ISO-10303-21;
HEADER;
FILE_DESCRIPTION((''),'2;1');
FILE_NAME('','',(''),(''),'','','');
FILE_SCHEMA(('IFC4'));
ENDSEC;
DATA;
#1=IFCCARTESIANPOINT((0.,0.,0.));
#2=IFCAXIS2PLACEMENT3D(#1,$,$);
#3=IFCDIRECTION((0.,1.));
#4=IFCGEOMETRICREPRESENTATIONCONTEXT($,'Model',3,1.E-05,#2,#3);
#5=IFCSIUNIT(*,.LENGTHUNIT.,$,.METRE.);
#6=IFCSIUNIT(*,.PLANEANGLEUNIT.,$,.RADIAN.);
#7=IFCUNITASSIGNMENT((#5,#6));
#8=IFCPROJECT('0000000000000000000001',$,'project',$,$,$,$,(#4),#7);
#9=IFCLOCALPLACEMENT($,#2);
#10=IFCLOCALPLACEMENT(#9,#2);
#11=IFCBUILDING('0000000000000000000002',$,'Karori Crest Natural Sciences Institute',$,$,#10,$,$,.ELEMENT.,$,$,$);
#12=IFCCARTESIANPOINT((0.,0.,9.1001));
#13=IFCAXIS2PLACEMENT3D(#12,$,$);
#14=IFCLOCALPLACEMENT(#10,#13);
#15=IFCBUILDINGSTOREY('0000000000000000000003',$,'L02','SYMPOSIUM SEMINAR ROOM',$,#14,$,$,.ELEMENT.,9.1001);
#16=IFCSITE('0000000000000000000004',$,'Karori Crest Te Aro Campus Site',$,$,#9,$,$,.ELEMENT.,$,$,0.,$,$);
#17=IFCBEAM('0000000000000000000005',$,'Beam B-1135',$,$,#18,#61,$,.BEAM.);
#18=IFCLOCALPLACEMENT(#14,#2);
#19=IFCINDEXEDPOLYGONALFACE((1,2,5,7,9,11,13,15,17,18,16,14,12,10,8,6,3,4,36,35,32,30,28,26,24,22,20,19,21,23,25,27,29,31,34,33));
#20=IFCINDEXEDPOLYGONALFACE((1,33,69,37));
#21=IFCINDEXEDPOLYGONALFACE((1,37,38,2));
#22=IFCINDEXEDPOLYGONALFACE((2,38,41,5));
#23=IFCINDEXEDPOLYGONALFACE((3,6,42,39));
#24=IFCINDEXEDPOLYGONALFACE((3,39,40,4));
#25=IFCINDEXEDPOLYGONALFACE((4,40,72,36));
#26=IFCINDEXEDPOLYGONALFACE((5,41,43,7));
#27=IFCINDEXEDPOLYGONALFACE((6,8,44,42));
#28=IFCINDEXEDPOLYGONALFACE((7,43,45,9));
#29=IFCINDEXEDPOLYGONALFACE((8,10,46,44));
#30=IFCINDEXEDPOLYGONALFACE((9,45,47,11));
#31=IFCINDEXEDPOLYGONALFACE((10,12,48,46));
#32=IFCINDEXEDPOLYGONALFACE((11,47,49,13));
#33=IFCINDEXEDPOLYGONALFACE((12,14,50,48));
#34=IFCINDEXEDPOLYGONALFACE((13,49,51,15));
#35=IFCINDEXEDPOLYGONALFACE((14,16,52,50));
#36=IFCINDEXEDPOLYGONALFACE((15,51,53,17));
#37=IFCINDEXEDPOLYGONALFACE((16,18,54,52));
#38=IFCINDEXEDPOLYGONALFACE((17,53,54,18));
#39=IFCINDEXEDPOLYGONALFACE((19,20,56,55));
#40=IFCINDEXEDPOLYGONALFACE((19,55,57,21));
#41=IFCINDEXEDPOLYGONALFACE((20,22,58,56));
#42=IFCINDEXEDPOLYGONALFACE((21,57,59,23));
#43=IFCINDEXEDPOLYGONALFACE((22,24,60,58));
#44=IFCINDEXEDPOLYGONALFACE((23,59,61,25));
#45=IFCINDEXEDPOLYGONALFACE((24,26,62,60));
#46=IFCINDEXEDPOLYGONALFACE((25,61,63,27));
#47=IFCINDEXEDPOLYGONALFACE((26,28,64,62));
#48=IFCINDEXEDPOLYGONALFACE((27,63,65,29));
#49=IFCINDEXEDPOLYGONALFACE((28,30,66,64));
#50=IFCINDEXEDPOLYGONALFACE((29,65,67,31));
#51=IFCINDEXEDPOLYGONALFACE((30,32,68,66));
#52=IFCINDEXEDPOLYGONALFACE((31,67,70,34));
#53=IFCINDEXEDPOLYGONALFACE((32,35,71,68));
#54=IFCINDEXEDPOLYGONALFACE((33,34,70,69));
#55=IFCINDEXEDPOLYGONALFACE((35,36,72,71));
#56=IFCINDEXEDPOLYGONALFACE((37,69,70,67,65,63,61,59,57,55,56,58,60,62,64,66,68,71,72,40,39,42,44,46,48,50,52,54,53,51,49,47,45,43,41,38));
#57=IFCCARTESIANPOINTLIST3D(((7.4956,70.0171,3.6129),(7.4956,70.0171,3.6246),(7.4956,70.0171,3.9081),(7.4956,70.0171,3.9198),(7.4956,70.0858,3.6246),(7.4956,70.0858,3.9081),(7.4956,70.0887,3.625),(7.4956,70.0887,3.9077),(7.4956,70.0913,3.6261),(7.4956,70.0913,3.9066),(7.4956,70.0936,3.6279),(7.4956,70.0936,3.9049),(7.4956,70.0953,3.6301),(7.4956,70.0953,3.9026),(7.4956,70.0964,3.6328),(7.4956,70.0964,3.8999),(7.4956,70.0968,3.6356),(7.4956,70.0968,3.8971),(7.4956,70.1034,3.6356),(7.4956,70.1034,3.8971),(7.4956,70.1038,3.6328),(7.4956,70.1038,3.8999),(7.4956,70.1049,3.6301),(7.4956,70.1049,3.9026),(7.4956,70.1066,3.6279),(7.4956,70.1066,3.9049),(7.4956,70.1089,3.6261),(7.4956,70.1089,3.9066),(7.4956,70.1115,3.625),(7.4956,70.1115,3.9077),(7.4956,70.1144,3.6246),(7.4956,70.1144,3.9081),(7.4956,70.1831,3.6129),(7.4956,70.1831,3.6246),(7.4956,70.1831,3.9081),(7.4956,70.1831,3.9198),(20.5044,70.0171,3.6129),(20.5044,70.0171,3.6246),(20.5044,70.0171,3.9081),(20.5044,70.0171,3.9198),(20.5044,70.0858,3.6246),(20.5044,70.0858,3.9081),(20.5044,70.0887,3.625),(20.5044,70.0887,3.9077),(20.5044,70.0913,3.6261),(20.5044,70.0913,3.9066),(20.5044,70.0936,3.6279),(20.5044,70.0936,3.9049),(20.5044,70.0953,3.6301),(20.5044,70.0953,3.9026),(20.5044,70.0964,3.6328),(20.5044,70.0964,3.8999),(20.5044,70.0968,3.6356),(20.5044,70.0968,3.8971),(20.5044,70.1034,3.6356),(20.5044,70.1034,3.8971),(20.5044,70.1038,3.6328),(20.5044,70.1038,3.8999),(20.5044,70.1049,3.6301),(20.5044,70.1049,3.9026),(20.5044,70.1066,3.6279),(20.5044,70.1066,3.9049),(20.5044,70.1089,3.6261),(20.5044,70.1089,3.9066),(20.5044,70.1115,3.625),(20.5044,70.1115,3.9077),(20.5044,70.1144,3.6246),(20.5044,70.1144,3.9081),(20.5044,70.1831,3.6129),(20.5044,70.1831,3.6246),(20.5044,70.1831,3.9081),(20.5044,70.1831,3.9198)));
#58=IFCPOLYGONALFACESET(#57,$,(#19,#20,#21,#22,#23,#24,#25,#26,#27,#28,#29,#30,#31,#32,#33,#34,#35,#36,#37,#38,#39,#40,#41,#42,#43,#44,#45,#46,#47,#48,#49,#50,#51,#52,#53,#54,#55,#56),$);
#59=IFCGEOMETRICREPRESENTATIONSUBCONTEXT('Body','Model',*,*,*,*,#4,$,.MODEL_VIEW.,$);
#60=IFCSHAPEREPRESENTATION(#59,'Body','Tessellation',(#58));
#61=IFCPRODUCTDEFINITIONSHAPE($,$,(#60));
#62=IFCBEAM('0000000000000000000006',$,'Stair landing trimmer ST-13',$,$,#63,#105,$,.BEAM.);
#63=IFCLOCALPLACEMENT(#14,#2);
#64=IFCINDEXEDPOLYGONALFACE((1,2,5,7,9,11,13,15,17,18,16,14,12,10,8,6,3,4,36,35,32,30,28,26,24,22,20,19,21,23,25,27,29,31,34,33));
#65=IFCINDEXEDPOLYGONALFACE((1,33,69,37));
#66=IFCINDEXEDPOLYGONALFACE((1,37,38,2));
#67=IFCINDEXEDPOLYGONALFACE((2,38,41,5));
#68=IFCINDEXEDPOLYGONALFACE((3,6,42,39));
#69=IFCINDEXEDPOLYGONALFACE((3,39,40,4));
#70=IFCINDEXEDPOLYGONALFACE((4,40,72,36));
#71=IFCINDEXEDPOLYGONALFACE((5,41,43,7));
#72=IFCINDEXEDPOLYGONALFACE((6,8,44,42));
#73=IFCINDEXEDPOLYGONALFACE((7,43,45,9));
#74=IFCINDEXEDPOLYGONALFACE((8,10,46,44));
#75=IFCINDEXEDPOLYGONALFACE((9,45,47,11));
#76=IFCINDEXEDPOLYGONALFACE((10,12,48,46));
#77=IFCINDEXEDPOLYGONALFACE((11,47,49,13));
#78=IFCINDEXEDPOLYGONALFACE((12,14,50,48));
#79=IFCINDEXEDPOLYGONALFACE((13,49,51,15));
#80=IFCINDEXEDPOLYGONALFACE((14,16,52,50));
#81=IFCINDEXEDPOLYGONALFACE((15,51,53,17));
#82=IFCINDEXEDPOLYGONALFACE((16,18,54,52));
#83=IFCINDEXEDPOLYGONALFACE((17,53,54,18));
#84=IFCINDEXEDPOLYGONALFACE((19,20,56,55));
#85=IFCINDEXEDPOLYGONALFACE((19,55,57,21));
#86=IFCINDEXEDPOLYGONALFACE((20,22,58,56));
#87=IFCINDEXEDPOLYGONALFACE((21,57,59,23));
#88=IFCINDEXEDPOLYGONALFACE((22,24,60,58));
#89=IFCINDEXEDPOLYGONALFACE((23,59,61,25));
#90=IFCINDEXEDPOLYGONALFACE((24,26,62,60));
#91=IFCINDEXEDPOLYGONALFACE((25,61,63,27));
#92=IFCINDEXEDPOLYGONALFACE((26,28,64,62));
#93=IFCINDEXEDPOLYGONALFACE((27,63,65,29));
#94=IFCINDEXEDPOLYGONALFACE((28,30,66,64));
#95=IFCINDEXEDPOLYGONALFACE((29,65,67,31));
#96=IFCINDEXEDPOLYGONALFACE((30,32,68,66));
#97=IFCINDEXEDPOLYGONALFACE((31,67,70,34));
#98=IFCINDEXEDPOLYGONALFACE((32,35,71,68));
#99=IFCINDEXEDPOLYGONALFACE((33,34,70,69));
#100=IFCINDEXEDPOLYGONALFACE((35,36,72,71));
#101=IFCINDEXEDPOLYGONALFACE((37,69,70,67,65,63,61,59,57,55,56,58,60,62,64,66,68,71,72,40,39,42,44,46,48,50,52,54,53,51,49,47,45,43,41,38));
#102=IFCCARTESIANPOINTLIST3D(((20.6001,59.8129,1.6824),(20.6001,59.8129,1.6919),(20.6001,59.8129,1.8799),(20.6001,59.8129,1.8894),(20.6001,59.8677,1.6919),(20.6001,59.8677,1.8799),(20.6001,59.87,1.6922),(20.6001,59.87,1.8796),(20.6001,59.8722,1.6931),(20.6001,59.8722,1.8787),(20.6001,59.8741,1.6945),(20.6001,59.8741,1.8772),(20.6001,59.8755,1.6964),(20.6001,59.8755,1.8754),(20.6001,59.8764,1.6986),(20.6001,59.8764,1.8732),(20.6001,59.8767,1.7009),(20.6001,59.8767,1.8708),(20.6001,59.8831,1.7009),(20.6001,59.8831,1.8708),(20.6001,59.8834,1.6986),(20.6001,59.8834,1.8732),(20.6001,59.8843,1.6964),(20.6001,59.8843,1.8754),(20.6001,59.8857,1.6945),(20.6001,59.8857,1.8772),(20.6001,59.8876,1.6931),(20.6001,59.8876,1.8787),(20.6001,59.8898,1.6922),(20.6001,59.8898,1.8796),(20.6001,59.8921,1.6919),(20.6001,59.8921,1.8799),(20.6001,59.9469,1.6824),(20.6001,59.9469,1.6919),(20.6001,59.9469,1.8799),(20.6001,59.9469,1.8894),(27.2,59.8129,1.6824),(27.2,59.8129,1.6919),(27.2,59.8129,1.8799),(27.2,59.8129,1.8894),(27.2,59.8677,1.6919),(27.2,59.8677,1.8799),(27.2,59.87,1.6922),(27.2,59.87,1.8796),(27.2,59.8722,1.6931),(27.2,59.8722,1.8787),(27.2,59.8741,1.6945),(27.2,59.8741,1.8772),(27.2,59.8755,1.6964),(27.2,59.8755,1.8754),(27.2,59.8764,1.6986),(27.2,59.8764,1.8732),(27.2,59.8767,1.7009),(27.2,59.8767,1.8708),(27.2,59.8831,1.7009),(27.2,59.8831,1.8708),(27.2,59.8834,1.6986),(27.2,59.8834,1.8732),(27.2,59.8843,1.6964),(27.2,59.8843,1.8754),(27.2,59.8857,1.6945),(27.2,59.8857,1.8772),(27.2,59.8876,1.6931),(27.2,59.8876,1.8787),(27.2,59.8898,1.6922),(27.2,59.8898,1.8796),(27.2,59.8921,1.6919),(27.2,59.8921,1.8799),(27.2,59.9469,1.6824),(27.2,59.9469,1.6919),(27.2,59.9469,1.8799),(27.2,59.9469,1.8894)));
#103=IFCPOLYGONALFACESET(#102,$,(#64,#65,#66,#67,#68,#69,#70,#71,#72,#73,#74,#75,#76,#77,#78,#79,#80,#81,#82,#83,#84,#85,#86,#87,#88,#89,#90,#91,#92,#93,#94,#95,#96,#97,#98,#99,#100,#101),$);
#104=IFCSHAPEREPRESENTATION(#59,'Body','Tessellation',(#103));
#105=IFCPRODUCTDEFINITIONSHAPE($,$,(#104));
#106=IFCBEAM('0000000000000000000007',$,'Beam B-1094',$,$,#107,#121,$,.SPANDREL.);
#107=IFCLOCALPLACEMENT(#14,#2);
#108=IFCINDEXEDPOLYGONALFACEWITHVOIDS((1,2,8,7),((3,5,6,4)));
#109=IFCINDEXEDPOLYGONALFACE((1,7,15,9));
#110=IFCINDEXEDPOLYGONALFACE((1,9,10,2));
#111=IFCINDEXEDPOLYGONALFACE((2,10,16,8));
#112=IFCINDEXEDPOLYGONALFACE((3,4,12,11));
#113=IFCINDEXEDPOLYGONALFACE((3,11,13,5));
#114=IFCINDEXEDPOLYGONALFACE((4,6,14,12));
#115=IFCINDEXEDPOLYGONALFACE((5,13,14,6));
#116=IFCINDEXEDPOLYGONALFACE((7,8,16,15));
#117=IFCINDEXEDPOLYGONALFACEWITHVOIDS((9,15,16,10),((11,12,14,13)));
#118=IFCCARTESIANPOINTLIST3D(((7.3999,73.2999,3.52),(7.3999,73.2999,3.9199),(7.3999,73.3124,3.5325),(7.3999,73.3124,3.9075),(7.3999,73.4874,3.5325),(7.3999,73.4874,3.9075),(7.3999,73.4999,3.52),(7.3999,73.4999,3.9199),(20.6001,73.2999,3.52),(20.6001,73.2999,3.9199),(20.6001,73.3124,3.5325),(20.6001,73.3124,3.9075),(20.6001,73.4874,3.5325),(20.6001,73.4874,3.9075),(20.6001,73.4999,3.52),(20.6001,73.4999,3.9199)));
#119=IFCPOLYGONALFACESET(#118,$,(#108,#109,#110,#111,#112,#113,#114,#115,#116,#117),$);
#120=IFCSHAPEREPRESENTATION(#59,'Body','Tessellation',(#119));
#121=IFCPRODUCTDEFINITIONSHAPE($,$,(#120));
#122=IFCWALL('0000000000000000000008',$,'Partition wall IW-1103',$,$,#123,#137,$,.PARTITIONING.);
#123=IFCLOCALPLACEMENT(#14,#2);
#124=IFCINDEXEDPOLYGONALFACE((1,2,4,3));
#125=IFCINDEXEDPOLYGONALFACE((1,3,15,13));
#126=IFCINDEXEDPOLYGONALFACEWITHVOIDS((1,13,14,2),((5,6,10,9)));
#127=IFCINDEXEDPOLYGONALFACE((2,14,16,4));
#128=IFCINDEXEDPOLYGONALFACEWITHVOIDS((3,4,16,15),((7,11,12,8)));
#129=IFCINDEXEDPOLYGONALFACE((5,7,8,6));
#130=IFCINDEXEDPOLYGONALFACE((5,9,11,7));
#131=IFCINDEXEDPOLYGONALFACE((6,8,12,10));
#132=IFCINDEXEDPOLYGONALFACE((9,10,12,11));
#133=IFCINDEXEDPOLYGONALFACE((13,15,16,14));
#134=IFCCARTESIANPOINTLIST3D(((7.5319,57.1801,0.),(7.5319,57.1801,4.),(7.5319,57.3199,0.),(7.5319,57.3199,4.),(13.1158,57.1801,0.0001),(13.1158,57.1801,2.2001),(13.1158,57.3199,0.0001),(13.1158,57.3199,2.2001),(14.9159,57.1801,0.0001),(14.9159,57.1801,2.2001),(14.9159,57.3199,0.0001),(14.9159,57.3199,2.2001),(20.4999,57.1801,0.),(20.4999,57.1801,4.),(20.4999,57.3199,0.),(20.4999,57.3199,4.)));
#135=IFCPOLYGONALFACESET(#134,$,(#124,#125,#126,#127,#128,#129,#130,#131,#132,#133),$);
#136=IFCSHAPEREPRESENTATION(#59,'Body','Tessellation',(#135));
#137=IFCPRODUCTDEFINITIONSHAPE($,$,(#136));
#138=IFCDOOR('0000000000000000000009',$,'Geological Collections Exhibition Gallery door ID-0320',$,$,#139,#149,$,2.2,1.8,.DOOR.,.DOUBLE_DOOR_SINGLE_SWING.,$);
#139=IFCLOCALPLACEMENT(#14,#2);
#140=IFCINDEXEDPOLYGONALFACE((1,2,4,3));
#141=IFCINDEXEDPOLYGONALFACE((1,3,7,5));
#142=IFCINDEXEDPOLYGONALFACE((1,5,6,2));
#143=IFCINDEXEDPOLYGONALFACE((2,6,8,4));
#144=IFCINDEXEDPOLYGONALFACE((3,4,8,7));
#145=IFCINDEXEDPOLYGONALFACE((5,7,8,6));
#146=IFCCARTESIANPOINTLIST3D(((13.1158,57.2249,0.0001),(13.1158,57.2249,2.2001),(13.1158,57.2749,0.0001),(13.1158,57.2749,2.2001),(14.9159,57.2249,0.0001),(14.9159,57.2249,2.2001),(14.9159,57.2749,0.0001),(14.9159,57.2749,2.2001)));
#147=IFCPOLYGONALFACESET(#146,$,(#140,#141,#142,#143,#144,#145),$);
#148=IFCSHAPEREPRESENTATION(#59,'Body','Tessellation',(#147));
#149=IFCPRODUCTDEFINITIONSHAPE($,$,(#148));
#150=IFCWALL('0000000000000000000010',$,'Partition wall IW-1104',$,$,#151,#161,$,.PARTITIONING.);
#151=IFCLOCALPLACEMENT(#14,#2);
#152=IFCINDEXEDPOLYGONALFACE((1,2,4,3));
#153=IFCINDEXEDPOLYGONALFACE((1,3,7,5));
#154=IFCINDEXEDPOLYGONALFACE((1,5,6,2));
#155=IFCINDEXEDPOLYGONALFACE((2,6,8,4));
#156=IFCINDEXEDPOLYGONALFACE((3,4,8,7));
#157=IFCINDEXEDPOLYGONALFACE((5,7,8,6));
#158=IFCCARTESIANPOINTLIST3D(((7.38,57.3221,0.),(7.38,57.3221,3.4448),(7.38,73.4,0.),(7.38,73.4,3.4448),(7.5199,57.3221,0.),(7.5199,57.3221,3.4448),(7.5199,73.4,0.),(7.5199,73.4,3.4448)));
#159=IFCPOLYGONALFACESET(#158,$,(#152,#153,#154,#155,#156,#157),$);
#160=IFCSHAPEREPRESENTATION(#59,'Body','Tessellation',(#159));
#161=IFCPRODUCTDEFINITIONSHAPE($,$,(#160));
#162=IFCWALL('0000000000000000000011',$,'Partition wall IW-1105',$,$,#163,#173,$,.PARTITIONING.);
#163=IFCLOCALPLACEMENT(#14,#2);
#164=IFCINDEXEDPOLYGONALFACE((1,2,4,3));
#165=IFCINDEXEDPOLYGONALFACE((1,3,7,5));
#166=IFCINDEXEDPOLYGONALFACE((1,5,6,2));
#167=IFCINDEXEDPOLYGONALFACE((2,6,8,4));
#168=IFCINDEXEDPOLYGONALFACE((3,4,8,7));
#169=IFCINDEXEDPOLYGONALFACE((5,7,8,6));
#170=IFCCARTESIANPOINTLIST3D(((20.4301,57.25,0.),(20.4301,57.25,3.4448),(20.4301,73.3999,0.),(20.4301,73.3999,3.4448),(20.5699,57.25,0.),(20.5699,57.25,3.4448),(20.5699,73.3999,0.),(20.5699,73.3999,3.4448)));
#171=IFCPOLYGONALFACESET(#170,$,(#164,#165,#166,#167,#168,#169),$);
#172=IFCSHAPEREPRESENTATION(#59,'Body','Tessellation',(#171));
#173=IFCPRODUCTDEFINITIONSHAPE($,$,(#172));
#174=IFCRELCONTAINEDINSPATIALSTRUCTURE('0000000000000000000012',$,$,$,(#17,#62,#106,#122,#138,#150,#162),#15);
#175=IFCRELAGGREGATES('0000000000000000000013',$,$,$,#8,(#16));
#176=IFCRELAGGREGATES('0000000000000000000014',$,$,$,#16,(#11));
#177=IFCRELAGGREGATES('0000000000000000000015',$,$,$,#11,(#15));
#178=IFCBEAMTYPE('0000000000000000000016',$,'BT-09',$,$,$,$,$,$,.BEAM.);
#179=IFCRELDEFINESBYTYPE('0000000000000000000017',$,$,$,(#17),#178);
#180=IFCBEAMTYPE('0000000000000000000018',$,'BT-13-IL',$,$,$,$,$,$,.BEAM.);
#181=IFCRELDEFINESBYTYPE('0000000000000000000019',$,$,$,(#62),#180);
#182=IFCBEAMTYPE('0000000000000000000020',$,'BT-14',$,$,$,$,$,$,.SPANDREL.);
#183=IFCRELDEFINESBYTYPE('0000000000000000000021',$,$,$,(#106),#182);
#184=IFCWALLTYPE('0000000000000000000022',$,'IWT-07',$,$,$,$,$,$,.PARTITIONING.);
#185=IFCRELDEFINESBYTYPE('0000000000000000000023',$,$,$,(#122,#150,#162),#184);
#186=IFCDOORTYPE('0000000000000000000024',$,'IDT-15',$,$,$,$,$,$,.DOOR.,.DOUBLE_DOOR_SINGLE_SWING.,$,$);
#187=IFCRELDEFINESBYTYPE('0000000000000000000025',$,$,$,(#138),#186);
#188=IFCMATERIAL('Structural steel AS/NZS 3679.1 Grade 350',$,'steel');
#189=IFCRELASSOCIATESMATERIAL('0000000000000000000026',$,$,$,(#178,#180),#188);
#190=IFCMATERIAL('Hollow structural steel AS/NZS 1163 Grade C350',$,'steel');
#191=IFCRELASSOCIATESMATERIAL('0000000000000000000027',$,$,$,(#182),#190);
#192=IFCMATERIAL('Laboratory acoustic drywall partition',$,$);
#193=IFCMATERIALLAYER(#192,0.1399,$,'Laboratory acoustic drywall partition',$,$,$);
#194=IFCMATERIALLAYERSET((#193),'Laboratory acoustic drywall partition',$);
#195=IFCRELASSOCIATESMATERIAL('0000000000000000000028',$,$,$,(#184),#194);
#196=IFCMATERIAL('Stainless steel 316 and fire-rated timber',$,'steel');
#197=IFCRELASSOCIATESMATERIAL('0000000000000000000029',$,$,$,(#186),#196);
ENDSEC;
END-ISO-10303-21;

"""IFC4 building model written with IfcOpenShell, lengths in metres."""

from ifc_helpers import new_model, si_unit, direction, frame, frame_2d, origin, origin_2d, place, context, subcontext, project, spatial, rectangle, hollow_rectangle, i_section, extrude, material, layer, layer_set, material_profile, profile_set, type_object, element, fill, save


model = new_model("IFC4")

# Units and contexts
model_context = context("Model", 3, precision=1e-05, world=origin(), true_north=direction((0.0, 1.0)))
body_context = subcontext(model_context, "Body", "Model", "MODEL_VIEW")
ifc_project = project(units=[si_unit("LENGTHUNIT", "METRE"), si_unit("PLANEANGLEUNIT", "RADIAN")], contexts=[model_context])

# Site, building, storey
site_placement = place(None, origin())
site = spatial("IfcSite", under=ifc_project, at=site_placement, Name="Karori Crest Te Aro Campus Site", CompositionType="ELEMENT", RefElevation=0.0)
building_placement = place(site_placement, origin())
building = spatial("IfcBuilding", under=site, at=building_placement, Name="Karori Crest Natural Sciences Institute", CompositionType="ELEMENT")
storey_placement = place(building_placement, frame((0.0, 0.0, 9.1001)))
storey = spatial("IfcBuildingStorey", under=building, at=storey_placement, Name="L02", Description="SYMPOSIUM SEMINAR ROOM", CompositionType="ELEMENT", Elevation=9.1001)

# Shared definitions
ifc_material_1 = material(Name="Structural steel AS/NZS 3679.1 Grade 350", Category="steel")
ifc_material_2 = material(Name="Hollow structural steel AS/NZS 1163 Grade C350", Category="steel")

# Beams
ifc_material_profile_1 = material_profile(ifc_material_1, i_section(OverallWidth=0.166, OverallDepth=0.3069, WebThickness=0.0066, FlangeThickness=0.0117, FilletRadius=0.011, at=origin_2d()), Name="310UB46.2")
ifc_profile_set_1 = profile_set([ifc_material_profile_1], Name="Structural steel AS/NZS 3679.1 Grade 350")
beam_type_1 = type_object("IfcBeamType", Name="BT-09", PredefinedType="BEAM", material=ifc_profile_set_1)
for number, where, z_axis, x_axis, name in (
    (1, (7.4956, 70.1001, 3.7664), (1.0, 0.0, 0.0), (0.0, 1.0, 0.0), "Beam B-1135"),
):
    element("IfcBeam", number, at=place(storey_placement, frame(where, z_axis=z_axis, x_axis=x_axis)), inside=storey, type_object=beam_type_1, Name=name, PredefinedType="BEAM", context=body_context, shape_type="SweptSolid", body=[
        extrude(i_section(OverallWidth=0.166, OverallDepth=0.3069, WebThickness=0.0066, FlangeThickness=0.0117, FilletRadius=0.011, at=origin_2d()), origin(), (0.0, 0.0, 1.0), 13.0088),
    ])
ifc_material_profile_2 = material_profile(ifc_material_1, i_section(OverallWidth=0.134, OverallDepth=0.207, WebThickness=0.0063, FlangeThickness=0.0095, FilletRadius=0.009, at=origin_2d()), Name="200UB29.8")
ifc_profile_set_2 = profile_set([ifc_material_profile_2], Name="Structural steel AS/NZS 3679.1 Grade 350")
beam_type_2 = type_object("IfcBeamType", Name="BT-13-IL", PredefinedType="BEAM", material=ifc_profile_set_2)
beam_1_placement = place(storey_placement, frame((20.6001, 59.8799, 1.7859), z_axis=(1.0, 0.0, 0.0), x_axis=(0.0, 1.0, 0.0)))
element("IfcBeam", 2, at=beam_1_placement, inside=storey, type_object=beam_type_2, Name="Stair landing trimmer ST-13", PredefinedType="BEAM", context=body_context, shape_type="SweptSolid", body=[
    extrude(i_section(OverallWidth=0.134, OverallDepth=0.207, WebThickness=0.0063, FlangeThickness=0.0095, FilletRadius=0.009, at=origin_2d()), origin(), (0.0, 0.0, 1.0), 6.5999),
])
ifc_material_profile_3 = material_profile(ifc_material_2, hollow_rectangle(XDim=0.2, YDim=0.3999, WallThickness=0.0125, at=origin_2d()), Name="RHS400x200x12.5")
ifc_profile_set_3 = profile_set([ifc_material_profile_3], Name="Hollow structural steel AS/NZS 1163 Grade C350")
beam_type_3 = type_object("IfcBeamType", Name="BT-14", PredefinedType="SPANDREL", material=ifc_profile_set_3)
beam_2_placement = place(storey_placement, frame((7.3999, 73.3999, 3.72), z_axis=(1.0, 0.0, 0.0), x_axis=(0.0, 1.0, 0.0)))
element("IfcBeam", 3, at=beam_2_placement, inside=storey, type_object=beam_type_3, Name="Beam B-1094", PredefinedType="SPANDREL", context=body_context, shape_type="SweptSolid", body=[
    extrude(hollow_rectangle(XDim=0.2, YDim=0.3999, WallThickness=0.0125, at=origin_2d()), origin(), (0.0, 0.0, 1.0), 13.2002),
])

# Wall, opening, door
ifc_material_3 = material(Name="Laboratory acoustic drywall partition")
ifc_layer_1 = layer(ifc_material_3, 0.1399, Name="Laboratory acoustic drywall partition")
ifc_layer_set_1 = layer_set([ifc_layer_1], Name="Laboratory acoustic drywall partition")
wall_type_1 = type_object("IfcWallType", Name="IWT-07", PredefinedType="PARTITIONING", material=ifc_layer_set_1)
wall_1_placement = place(storey_placement, frame((7.532, 57.25, 0.0), z_axis=(0.0, 0.0, 1.0), x_axis=(1.0, 0.0, 0.0)))
wall_1 = element("IfcWall", 4, at=wall_1_placement, inside=storey, type_object=wall_type_1, Name="Partition wall IW-1103", PredefinedType="PARTITIONING", context=body_context, shape_type="SweptSolid", body=[
    extrude(rectangle(XDim=12.968, YDim=0.1399, at=frame_2d((6.4839, 0.0))), origin(), (0.0, 0.0, 1.0), 4.0),
])
opening_1_placement = place(wall_1_placement, frame((5.584, 0.0, 0.0)))
opening_1 = element("IfcOpeningElement", 5, at=opening_1_placement, cuts=wall_1, PredefinedType="OPENING", context=body_context, shape_type="SweptSolid", body=[
    extrude(rectangle(XDim=1.8, YDim=2.2, at=frame_2d((0.8999, 1.1001))), frame((0.0, 0.0801, 0.0), z_axis=(0.0, -1.0, 0.0), x_axis=(1.0, 0.0, 0.0)), (0.0, 0.0, 1.0), 0.1599),
])
ifc_material_4 = material(Name="Stainless steel 316 and fire-rated timber", Category="steel")
door_type = type_object("IfcDoorType", Name="IDT-15", OperationType="DOUBLE_DOOR_SINGLE_SWING", PredefinedType="DOOR", material=ifc_material_4)
door_placement = place(opening_1_placement, origin())
door = element("IfcDoor", 6, at=door_placement, inside=storey, type_object=door_type, Name="Geological Collections Exhibition Gallery door ID-0320", OperationType="DOUBLE_DOOR_SINGLE_SWING", OverallHeight=2.2, OverallWidth=1.8, PredefinedType="DOOR", context=body_context, shape_type="SweptSolid", body=[
    extrude(rectangle(XDim=1.8, YDim=2.2, at=frame_2d((0.8999, 1.1001))), frame((0.0, 0.0249, 0.0), z_axis=(0.0, -1.0, 0.0), x_axis=(1.0, 0.0, 0.0)), (0.0, 0.0, 1.0), 0.05),
])
fill(opening_1, door)

# Walls
wall_2_placement = place(storey_placement, frame((7.45, 57.322, 0.0), z_axis=(0.0, 0.0, 1.0), x_axis=(0.0, 1.0, 0.0)))
element("IfcWall", 7, at=wall_2_placement, inside=storey, type_object=wall_type_1, Name="Partition wall IW-1104", PredefinedType="PARTITIONING", context=body_context, shape_type="SweptSolid", body=[
    extrude(rectangle(XDim=16.0779, YDim=0.1399, at=frame_2d((8.0391, 0.0))), origin(), (0.0, 0.0, 1.0), 3.4448),
])
wall_3_placement = place(storey_placement, frame((20.5, 57.25, 0.0), z_axis=(0.0, 0.0, 1.0), x_axis=(0.0, 1.0, 0.0)))
element("IfcWall", 8, at=wall_3_placement, inside=storey, type_object=wall_type_1, Name="Partition wall IW-1105", PredefinedType="PARTITIONING", context=body_context, shape_type="SweptSolid", body=[
    extrude(rectangle(XDim=16.1499, YDim=0.1399, at=frame_2d((8.075, 0.0))), origin(), (0.0, 0.0, 1.0), 3.4448),
])

save(model, "model.ifc")
